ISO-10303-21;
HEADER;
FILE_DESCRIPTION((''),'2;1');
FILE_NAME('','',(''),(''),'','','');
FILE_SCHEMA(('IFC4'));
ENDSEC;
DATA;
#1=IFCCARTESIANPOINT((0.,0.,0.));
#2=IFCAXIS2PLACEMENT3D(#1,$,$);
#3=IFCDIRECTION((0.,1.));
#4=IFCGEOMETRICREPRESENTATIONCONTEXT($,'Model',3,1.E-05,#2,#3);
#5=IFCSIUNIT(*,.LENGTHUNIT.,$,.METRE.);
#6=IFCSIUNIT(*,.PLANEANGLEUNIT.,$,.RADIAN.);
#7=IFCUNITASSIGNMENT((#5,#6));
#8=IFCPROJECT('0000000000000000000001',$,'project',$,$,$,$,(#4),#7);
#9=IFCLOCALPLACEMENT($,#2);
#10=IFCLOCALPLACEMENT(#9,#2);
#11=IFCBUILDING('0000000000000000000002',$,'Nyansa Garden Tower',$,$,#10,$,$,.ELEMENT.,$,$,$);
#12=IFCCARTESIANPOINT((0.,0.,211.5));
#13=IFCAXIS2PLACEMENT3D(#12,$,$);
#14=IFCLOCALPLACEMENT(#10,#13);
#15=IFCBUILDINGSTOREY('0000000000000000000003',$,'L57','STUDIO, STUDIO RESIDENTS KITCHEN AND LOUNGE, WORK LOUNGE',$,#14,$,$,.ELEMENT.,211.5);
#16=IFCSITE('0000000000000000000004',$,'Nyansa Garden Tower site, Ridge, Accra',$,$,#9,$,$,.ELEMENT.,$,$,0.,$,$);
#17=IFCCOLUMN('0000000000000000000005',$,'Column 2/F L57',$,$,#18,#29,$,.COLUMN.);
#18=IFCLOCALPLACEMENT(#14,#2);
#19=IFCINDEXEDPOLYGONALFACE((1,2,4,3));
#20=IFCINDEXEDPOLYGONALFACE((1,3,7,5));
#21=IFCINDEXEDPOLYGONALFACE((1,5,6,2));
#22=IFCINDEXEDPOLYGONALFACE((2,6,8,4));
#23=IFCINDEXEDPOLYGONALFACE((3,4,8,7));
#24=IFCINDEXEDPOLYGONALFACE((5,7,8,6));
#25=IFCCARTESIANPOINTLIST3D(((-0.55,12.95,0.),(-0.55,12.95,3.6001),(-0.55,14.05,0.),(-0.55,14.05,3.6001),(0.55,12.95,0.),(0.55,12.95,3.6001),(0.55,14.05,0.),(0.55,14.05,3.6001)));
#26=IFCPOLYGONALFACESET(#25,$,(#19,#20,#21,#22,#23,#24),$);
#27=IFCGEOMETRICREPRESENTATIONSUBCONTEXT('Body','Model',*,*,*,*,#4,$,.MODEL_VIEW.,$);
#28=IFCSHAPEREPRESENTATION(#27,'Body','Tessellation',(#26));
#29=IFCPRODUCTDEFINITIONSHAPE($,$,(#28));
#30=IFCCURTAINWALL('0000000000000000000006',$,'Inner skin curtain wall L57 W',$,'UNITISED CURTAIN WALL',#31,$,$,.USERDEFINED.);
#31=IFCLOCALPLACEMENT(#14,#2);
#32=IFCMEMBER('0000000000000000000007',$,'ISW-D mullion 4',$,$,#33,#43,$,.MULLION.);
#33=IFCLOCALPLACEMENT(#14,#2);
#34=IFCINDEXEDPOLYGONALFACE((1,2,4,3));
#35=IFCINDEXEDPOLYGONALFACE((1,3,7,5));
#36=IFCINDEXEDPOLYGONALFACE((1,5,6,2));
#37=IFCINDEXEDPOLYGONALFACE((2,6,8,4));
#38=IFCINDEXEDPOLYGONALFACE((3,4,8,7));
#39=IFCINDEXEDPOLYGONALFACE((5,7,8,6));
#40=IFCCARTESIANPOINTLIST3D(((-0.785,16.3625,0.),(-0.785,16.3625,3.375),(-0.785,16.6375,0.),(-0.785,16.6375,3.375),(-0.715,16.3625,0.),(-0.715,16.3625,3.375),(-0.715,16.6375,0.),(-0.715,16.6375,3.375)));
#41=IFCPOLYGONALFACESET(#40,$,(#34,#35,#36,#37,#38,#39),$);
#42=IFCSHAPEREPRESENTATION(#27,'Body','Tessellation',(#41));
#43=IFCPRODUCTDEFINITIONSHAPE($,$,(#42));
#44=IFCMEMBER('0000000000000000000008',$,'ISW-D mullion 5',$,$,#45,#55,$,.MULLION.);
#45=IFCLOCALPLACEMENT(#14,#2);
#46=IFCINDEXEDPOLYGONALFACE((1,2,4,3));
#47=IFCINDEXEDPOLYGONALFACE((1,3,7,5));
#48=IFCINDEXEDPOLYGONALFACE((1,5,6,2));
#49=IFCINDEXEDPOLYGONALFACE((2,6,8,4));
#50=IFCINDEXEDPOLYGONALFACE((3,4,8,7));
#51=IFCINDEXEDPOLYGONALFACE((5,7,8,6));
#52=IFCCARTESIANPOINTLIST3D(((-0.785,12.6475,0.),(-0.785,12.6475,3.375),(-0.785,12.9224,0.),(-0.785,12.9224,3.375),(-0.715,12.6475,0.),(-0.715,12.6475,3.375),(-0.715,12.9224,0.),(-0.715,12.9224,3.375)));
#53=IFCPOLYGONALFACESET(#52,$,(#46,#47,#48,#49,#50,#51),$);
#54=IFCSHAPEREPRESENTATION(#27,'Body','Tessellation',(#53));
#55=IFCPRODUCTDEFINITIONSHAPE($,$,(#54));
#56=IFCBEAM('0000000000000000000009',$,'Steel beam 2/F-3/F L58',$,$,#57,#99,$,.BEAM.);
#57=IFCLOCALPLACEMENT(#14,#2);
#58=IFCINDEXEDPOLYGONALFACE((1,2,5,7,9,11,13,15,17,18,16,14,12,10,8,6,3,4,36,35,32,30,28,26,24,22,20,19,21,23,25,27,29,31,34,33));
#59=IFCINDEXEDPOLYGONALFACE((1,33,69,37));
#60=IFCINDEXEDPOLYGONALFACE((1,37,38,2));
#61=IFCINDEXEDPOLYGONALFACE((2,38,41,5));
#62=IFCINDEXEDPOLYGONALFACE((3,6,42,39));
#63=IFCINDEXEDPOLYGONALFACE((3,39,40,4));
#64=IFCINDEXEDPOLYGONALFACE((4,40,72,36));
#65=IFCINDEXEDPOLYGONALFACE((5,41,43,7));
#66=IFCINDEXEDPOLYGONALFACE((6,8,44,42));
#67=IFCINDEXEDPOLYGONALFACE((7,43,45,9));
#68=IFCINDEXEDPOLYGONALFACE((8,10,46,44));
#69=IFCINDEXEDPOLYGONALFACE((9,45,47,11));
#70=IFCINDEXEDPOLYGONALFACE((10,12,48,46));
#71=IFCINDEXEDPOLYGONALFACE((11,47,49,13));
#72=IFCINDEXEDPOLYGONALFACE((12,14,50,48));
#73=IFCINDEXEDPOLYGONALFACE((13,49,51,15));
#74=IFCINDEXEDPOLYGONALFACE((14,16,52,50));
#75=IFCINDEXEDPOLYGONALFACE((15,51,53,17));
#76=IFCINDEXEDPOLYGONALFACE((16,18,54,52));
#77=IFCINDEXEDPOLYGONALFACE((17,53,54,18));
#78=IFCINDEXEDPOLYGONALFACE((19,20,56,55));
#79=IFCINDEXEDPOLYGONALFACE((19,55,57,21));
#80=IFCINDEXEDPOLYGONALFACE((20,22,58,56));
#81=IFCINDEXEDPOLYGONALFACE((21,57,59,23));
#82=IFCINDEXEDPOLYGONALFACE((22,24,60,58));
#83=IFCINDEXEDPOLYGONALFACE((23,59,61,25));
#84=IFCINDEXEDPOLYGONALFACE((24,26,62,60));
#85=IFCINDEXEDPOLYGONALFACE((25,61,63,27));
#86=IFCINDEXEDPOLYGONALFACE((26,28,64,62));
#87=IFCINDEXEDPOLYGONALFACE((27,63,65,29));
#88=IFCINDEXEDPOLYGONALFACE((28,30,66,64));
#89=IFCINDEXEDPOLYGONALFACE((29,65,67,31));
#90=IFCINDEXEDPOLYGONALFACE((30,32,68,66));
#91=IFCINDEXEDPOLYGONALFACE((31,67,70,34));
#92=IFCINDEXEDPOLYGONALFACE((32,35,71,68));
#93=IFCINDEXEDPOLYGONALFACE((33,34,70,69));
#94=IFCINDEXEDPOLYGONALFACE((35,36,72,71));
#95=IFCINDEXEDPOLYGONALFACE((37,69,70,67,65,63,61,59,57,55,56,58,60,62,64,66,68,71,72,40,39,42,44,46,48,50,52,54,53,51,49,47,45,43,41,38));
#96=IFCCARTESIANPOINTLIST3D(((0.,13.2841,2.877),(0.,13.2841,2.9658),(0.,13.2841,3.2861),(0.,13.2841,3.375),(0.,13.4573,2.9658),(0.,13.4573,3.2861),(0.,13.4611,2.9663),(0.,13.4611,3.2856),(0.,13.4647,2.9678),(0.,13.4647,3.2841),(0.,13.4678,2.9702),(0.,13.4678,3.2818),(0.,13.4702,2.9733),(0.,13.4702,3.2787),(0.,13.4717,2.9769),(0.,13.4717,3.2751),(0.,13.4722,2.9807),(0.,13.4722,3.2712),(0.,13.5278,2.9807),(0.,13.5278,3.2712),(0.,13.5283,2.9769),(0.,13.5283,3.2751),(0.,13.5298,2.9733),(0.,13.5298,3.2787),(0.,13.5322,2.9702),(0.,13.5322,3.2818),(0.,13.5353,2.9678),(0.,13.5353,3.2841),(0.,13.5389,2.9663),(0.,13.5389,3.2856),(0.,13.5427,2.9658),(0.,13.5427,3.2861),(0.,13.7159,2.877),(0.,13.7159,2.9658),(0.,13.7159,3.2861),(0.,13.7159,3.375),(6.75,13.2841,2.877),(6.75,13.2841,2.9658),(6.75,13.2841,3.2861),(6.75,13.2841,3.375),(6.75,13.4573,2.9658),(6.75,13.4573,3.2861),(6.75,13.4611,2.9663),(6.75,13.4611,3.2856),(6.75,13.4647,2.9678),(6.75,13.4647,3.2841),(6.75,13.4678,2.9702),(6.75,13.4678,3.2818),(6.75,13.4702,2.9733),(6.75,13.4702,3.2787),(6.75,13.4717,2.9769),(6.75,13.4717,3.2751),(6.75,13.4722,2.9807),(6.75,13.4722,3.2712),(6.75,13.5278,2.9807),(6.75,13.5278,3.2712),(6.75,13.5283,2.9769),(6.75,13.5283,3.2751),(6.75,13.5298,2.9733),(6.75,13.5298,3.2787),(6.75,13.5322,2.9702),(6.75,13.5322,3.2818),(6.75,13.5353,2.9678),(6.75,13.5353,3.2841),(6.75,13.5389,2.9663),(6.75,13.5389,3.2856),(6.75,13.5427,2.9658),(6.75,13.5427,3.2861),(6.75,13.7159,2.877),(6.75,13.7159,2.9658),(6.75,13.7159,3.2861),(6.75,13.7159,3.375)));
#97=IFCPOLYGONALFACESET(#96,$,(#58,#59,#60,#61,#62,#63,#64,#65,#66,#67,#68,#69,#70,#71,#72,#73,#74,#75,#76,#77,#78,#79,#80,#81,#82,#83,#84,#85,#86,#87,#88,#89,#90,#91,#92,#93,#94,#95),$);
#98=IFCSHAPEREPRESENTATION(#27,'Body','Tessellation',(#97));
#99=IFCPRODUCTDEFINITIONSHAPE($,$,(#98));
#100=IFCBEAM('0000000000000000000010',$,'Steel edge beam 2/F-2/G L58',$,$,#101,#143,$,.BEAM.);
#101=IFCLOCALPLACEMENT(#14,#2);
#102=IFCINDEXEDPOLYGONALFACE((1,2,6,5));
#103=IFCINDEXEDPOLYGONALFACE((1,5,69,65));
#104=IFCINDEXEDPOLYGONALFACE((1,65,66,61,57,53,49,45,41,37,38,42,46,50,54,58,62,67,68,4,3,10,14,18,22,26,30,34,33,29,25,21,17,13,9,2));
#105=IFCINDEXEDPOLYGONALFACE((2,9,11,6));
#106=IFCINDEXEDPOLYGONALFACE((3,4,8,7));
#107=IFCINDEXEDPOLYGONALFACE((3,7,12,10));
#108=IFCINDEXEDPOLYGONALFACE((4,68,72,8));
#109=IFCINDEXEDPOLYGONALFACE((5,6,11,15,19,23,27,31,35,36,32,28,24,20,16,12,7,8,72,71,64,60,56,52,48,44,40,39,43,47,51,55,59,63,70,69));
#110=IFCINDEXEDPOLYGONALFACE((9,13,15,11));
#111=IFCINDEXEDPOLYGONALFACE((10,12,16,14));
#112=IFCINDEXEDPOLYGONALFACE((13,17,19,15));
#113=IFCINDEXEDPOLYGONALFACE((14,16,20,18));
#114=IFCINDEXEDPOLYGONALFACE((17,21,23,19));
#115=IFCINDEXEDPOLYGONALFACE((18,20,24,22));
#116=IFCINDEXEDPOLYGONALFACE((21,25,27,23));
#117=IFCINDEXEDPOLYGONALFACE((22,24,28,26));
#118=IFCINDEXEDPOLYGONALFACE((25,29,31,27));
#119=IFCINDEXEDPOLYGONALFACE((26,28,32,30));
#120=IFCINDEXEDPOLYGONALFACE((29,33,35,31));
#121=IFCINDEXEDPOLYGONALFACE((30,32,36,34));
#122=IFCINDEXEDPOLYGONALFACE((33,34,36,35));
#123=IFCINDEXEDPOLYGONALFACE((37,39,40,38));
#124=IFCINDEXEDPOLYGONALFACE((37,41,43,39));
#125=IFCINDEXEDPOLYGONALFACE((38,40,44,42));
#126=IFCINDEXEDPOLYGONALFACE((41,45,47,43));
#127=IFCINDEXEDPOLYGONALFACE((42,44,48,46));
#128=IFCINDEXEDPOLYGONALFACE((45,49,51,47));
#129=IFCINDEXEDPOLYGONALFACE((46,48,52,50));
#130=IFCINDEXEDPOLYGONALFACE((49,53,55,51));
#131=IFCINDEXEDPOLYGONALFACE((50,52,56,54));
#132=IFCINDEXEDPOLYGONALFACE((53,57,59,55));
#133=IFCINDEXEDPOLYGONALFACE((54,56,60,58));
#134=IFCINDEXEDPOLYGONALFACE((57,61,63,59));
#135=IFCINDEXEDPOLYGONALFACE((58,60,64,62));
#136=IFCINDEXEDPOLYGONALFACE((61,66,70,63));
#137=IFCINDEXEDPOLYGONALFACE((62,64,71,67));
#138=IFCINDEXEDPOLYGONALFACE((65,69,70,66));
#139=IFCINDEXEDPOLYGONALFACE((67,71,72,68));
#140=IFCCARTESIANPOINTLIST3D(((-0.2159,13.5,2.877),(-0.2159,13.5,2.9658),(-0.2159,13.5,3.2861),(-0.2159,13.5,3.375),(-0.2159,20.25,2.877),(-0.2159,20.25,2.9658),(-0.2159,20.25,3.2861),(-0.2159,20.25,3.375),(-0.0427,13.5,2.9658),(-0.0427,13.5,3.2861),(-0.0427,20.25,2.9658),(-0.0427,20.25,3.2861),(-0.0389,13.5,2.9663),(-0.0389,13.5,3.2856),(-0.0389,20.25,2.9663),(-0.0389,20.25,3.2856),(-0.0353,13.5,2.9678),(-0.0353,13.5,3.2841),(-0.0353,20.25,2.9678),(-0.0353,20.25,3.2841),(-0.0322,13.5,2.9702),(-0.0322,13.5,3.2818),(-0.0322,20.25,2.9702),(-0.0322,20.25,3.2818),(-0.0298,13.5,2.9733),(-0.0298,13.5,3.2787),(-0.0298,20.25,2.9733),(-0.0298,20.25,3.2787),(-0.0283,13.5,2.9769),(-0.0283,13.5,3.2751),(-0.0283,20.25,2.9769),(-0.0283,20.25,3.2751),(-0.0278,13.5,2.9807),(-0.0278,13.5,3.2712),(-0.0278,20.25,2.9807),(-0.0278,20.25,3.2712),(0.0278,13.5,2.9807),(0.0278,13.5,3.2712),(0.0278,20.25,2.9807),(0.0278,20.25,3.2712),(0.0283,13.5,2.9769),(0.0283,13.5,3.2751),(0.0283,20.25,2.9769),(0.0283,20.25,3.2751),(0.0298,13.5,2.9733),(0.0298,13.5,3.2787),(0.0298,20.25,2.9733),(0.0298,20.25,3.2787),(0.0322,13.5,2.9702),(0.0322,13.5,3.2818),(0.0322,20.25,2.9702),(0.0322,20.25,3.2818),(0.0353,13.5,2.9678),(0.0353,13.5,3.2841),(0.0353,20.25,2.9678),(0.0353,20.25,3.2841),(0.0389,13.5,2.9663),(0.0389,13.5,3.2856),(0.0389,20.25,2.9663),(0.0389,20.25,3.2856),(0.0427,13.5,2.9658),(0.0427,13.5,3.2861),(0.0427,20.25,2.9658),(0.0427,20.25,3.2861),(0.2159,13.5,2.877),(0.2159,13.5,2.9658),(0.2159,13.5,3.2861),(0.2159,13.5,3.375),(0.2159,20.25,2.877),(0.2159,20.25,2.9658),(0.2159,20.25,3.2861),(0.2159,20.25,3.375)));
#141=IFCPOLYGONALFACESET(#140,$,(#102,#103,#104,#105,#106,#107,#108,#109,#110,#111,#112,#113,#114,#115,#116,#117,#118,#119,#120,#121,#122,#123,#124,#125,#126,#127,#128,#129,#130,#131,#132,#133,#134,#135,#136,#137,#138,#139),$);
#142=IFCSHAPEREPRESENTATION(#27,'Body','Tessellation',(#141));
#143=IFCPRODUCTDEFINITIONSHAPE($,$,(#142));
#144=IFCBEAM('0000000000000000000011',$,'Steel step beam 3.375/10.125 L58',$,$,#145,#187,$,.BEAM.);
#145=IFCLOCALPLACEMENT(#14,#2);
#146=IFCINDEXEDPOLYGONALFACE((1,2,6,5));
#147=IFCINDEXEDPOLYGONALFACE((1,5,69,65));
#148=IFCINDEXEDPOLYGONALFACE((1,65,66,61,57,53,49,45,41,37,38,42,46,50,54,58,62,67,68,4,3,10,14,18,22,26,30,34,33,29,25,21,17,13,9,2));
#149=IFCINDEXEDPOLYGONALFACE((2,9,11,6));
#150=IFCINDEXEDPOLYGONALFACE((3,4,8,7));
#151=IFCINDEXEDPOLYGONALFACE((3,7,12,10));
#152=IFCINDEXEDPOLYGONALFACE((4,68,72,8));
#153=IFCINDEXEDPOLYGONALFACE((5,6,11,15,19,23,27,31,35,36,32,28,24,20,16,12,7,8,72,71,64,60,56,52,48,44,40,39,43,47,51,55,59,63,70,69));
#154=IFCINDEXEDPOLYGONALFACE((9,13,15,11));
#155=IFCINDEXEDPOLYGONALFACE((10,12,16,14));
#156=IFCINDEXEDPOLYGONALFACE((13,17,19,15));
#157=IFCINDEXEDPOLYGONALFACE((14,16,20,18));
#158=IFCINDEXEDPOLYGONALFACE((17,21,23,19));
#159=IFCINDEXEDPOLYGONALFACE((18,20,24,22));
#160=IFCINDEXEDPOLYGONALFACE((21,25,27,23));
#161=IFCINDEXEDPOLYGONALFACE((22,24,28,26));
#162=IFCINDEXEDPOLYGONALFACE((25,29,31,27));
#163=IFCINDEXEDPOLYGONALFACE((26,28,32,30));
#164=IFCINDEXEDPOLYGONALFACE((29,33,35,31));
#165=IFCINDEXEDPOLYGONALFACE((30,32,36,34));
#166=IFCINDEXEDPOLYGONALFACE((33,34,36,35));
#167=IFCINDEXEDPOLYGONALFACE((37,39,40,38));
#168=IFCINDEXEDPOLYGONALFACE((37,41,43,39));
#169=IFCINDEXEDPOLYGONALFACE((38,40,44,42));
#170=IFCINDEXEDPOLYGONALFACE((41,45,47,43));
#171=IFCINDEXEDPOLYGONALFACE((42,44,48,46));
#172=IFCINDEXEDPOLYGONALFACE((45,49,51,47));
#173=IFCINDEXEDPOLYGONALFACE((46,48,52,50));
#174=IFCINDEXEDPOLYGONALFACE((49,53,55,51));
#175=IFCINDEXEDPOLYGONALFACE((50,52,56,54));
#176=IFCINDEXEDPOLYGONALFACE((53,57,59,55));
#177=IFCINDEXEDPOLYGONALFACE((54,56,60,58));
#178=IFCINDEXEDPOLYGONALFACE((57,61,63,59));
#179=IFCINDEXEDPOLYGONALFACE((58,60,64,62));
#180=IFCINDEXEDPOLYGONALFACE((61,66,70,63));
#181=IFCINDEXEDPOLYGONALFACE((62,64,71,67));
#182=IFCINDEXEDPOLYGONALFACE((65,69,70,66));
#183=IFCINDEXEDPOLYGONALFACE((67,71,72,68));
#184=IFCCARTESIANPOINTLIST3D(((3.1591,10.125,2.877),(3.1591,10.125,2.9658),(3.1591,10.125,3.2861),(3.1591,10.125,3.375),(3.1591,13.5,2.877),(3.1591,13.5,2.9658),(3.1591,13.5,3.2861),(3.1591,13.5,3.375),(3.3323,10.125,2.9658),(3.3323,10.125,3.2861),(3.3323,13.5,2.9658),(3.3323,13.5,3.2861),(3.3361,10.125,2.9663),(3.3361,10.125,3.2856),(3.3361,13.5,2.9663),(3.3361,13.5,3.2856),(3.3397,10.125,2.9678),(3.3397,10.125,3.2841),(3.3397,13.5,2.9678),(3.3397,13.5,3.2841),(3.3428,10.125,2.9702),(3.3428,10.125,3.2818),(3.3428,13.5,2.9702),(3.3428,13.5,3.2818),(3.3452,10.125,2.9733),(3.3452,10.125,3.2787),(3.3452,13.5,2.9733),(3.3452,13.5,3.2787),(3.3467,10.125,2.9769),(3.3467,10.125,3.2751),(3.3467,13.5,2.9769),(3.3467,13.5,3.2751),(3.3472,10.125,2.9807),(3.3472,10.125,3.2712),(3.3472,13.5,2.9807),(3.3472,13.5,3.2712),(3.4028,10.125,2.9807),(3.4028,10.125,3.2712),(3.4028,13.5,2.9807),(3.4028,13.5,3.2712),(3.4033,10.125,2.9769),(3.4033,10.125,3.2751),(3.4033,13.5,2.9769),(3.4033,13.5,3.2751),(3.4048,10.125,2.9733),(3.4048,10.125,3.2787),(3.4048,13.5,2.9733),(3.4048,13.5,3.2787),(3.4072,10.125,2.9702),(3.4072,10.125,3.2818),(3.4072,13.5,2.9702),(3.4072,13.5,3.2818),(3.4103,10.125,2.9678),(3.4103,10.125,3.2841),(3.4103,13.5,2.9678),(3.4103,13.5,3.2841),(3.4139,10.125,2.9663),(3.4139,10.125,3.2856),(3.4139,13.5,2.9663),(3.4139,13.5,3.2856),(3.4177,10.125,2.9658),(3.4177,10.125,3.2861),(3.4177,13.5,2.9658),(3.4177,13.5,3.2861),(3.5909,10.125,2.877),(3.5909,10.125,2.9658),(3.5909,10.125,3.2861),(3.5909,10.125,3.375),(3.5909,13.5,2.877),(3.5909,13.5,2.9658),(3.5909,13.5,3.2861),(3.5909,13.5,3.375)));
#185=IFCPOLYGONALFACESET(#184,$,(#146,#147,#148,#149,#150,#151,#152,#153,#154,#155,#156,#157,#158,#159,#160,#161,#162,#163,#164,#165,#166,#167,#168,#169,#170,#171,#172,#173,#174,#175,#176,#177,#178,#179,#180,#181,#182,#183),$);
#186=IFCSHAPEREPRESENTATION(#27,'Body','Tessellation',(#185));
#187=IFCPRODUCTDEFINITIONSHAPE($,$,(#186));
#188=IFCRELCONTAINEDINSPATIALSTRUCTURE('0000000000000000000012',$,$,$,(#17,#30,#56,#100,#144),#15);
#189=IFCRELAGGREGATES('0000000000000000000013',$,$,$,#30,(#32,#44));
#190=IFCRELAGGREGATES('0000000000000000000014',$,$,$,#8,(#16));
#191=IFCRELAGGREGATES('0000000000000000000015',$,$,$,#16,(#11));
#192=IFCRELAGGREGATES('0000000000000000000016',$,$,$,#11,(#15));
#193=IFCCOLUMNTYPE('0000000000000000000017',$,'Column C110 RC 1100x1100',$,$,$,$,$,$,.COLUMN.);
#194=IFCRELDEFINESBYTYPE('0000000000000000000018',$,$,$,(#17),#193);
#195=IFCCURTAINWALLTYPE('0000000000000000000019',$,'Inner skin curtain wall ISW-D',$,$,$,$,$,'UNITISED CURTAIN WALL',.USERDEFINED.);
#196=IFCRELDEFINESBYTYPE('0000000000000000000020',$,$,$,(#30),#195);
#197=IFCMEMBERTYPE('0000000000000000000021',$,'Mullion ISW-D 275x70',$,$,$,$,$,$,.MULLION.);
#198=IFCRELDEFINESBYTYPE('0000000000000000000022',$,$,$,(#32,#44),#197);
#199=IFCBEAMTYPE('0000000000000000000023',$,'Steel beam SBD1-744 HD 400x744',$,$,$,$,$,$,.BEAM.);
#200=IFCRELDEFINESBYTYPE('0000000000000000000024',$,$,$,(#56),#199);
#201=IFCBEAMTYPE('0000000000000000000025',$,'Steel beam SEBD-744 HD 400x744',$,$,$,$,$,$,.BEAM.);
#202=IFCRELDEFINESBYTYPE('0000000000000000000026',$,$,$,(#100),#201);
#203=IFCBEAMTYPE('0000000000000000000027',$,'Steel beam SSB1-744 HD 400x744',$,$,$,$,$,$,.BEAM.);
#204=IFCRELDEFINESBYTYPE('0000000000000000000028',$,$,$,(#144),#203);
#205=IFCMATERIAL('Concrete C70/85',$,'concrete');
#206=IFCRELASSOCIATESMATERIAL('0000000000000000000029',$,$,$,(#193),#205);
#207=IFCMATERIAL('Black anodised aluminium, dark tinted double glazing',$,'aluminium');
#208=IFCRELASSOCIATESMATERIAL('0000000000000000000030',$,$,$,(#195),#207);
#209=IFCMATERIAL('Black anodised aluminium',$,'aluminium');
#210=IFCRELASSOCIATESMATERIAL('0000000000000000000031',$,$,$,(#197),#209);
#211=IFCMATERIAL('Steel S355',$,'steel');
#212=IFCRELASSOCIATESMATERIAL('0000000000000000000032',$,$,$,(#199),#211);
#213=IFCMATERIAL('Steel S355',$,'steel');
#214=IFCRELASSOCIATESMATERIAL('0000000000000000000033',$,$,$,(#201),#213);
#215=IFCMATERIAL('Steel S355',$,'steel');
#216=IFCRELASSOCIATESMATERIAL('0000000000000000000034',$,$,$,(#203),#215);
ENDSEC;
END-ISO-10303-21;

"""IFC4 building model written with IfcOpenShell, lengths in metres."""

from ifc_helpers import new_model, si_unit, direction, frame, origin, origin_2d, place, context, subcontext, project, spatial, rectangle, i_section, extrude, material, material_profile, profile_set, type_object, element, aggregate, save


model = new_model("IFC4")

# Units and contexts
model_context = context("Model", 3, precision=1e-05, world=origin(), true_north=direction((0.0, 1.0)))
body_context = subcontext(model_context, "Body", "Model", "MODEL_VIEW")
ifc_project = project(units=[si_unit("LENGTHUNIT", "METRE"), si_unit("PLANEANGLEUNIT", "RADIAN")], contexts=[model_context])

# Site, building, storey
site_placement = place(None, origin())
site = spatial("IfcSite", under=ifc_project, at=site_placement, Name="Nyansa Garden Tower site, Ridge, Accra", CompositionType="ELEMENT", RefElevation=0.0)
building_placement = place(site_placement, origin())
building = spatial("IfcBuilding", under=site, at=building_placement, Name="Nyansa Garden Tower", CompositionType="ELEMENT")
storey_placement = place(building_placement, frame((0.0, 0.0, 211.5)))
storey = spatial("IfcBuildingStorey", under=building, at=storey_placement, Name="L57", Description="STUDIO, STUDIO RESIDENTS KITCHEN AND LOUNGE, WORK LOUNGE", CompositionType="ELEMENT", Elevation=211.5)

# Column
ifc_material_1 = material(Name="Concrete C70/85", Category="concrete")
ifc_material_profile_1 = material_profile(ifc_material_1, rectangle(XDim=1.1001, YDim=1.1001, at=origin_2d()), Name="RC 1100x1100")
ifc_profile_set_1 = profile_set([ifc_material_profile_1], Name="Concrete C70/85")
column_type = type_object("IfcColumnType", Name="Column C110 RC 1100x1100", PredefinedType="COLUMN", material=ifc_profile_set_1)
column_placement = place(storey_placement, frame((0.0, 13.5, 0.0), z_axis=(0.0, 0.0, 1.0), x_axis=(1.0, 0.0, 0.0)))
element("IfcColumn", 1, at=column_placement, inside=storey, type_object=column_type, Name="Column 2/F L57", PredefinedType="COLUMN", context=body_context, shape_type="SweptSolid", body=[
    extrude(rectangle(XDim=1.1001, YDim=1.1001, at=origin_2d()), origin(), (0.0, 0.0, 1.0), 3.6001),
])

# Curtain wall, members
ifc_material_2 = material(Name="Black anodised aluminium, dark tinted double glazing", Category="aluminium")
curtain_wall_type = type_object("IfcCurtainWallType", Name="Inner skin curtain wall ISW-D", ElementType="UNITISED CURTAIN WALL", PredefinedType="USERDEFINED", material=ifc_material_2)
curtain_wall_placement = place(storey_placement, origin())
curtain_wall = element("IfcCurtainWall", 2, at=curtain_wall_placement, inside=storey, type_object=curtain_wall_type, Name="Inner skin curtain wall L57 W", ObjectType="UNITISED CURTAIN WALL", PredefinedType="USERDEFINED")
ifc_material_3 = material(Name="Black anodised aluminium", Category="aluminium")
ifc_material_profile_2 = material_profile(ifc_material_3, rectangle(XDim=0.0701, YDim=0.2749, at=origin_2d()), Name="Mullion 275x70")
ifc_profile_set_2 = profile_set([ifc_material_profile_2], Name="Black anodised aluminium")
member_type_1 = type_object("IfcMemberType", Name="Mullion ISW-D 275x70", PredefinedType="MULLION", material=ifc_profile_set_2)
member_1_placement = place(storey_placement, frame((-0.75, 16.5, 0.0), z_axis=(0.0, 0.0, 1.0), x_axis=(1.0, 0.0, 0.0)))
member_1 = element("IfcMember", 3, at=member_1_placement, type_object=member_type_1, Name="ISW-D mullion 4", PredefinedType="MULLION", context=body_context, shape_type="SweptSolid", body=[
    extrude(rectangle(XDim=0.0701, YDim=0.2749, at=origin_2d()), origin(), (0.0, 0.0, 1.0), 3.375),
])
member_2_placement = place(storey_placement, frame((-0.75, 12.7849, 0.0), z_axis=(0.0, 0.0, 1.0), x_axis=(1.0, 0.0, 0.0)))
member_2 = element("IfcMember", 4, at=member_2_placement, type_object=member_type_1, Name="ISW-D mullion 5", PredefinedType="MULLION", context=body_context, shape_type="SweptSolid", body=[
    extrude(rectangle(XDim=0.0701, YDim=0.2749, at=origin_2d()), origin(), (0.0, 0.0, 1.0), 3.375),
])

# Beams
ifc_material_4 = material(Name="Steel S355", Category="steel")
ifc_material_profile_3 = material_profile(ifc_material_4, i_section(OverallWidth=0.4319, OverallDepth=0.498, WebThickness=0.0557, FlangeThickness=0.0889, FilletRadius=0.0149, at=origin_2d()), Name="HD 400x744")
ifc_profile_set_3 = profile_set([ifc_material_profile_3], Name="Steel S355")
beam_type_1 = type_object("IfcBeamType", Name="Steel beam SBD1-744 HD 400x744", PredefinedType="BEAM", material=ifc_profile_set_3)
beam_1_placement = place(storey_placement, frame((0.0, 13.5, 3.126), z_axis=(1.0, 0.0, 0.0), x_axis=(0.0, 1.0, 0.0)))
element("IfcBeam", 5, at=beam_1_placement, inside=storey, type_object=beam_type_1, Name="Steel beam 2/F-3/F L58", PredefinedType="BEAM", context=body_context, shape_type="SweptSolid", body=[
    extrude(i_section(OverallWidth=0.4319, OverallDepth=0.498, WebThickness=0.0557, FlangeThickness=0.0889, FilletRadius=0.0149, at=origin_2d()), origin(), (0.0, 0.0, 1.0), 6.75),
])
ifc_material_5 = material(Name="Steel S355", Category="steel")
ifc_material_profile_4 = material_profile(ifc_material_5, i_section(OverallWidth=0.4319, OverallDepth=0.498, WebThickness=0.0557, FlangeThickness=0.0889, FilletRadius=0.0149, at=origin_2d()), Name="HD 400x744")
ifc_profile_set_4 = profile_set([ifc_material_profile_4], Name="Steel S355")
beam_type_2 = type_object("IfcBeamType", Name="Steel beam SEBD-744 HD 400x744", PredefinedType="BEAM", material=ifc_profile_set_4)
beam_2_placement = place(storey_placement, frame((0.0, 13.5, 3.126), z_axis=(0.0, 1.0, 0.0), x_axis=(-1.0, 0.0, 0.0)))
element("IfcBeam", 6, at=beam_2_placement, inside=storey, type_object=beam_type_2, Name="Steel edge beam 2/F-2/G L58", PredefinedType="BEAM", context=body_context, shape_type="SweptSolid", body=[
    extrude(i_section(OverallWidth=0.4319, OverallDepth=0.498, WebThickness=0.0557, FlangeThickness=0.0889, FilletRadius=0.0149, at=origin_2d()), origin(), (0.0, 0.0, 1.0), 6.75),
])
ifc_material_6 = material(Name="Steel S355", Category="steel")
ifc_material_profile_5 = material_profile(ifc_material_6, i_section(OverallWidth=0.4319, OverallDepth=0.498, WebThickness=0.0557, FlangeThickness=0.0889, FilletRadius=0.0149, at=origin_2d()), Name="HD 400x744")
ifc_profile_set_5 = profile_set([ifc_material_profile_5], Name="Steel S355")
beam_type_3 = type_object("IfcBeamType", Name="Steel beam SSB1-744 HD 400x744", PredefinedType="BEAM", material=ifc_profile_set_5)
beam_3_placement = place(storey_placement, frame((3.375, 10.125, 3.126), z_axis=(0.0, 1.0, 0.0), x_axis=(-1.0, 0.0, 0.0)))
element("IfcBeam", 7, at=beam_3_placement, inside=storey, type_object=beam_type_3, Name="Steel step beam 3.375/10.125 L58", PredefinedType="BEAM", context=body_context, shape_type="SweptSolid", body=[
    extrude(i_section(OverallWidth=0.4319, OverallDepth=0.498, WebThickness=0.0557, FlangeThickness=0.0889, FilletRadius=0.0149, at=origin_2d()), origin(), (0.0, 0.0, 1.0), 3.375),
])

aggregate(curtain_wall, [member_1, member_2])

save(model, "model.ifc")
